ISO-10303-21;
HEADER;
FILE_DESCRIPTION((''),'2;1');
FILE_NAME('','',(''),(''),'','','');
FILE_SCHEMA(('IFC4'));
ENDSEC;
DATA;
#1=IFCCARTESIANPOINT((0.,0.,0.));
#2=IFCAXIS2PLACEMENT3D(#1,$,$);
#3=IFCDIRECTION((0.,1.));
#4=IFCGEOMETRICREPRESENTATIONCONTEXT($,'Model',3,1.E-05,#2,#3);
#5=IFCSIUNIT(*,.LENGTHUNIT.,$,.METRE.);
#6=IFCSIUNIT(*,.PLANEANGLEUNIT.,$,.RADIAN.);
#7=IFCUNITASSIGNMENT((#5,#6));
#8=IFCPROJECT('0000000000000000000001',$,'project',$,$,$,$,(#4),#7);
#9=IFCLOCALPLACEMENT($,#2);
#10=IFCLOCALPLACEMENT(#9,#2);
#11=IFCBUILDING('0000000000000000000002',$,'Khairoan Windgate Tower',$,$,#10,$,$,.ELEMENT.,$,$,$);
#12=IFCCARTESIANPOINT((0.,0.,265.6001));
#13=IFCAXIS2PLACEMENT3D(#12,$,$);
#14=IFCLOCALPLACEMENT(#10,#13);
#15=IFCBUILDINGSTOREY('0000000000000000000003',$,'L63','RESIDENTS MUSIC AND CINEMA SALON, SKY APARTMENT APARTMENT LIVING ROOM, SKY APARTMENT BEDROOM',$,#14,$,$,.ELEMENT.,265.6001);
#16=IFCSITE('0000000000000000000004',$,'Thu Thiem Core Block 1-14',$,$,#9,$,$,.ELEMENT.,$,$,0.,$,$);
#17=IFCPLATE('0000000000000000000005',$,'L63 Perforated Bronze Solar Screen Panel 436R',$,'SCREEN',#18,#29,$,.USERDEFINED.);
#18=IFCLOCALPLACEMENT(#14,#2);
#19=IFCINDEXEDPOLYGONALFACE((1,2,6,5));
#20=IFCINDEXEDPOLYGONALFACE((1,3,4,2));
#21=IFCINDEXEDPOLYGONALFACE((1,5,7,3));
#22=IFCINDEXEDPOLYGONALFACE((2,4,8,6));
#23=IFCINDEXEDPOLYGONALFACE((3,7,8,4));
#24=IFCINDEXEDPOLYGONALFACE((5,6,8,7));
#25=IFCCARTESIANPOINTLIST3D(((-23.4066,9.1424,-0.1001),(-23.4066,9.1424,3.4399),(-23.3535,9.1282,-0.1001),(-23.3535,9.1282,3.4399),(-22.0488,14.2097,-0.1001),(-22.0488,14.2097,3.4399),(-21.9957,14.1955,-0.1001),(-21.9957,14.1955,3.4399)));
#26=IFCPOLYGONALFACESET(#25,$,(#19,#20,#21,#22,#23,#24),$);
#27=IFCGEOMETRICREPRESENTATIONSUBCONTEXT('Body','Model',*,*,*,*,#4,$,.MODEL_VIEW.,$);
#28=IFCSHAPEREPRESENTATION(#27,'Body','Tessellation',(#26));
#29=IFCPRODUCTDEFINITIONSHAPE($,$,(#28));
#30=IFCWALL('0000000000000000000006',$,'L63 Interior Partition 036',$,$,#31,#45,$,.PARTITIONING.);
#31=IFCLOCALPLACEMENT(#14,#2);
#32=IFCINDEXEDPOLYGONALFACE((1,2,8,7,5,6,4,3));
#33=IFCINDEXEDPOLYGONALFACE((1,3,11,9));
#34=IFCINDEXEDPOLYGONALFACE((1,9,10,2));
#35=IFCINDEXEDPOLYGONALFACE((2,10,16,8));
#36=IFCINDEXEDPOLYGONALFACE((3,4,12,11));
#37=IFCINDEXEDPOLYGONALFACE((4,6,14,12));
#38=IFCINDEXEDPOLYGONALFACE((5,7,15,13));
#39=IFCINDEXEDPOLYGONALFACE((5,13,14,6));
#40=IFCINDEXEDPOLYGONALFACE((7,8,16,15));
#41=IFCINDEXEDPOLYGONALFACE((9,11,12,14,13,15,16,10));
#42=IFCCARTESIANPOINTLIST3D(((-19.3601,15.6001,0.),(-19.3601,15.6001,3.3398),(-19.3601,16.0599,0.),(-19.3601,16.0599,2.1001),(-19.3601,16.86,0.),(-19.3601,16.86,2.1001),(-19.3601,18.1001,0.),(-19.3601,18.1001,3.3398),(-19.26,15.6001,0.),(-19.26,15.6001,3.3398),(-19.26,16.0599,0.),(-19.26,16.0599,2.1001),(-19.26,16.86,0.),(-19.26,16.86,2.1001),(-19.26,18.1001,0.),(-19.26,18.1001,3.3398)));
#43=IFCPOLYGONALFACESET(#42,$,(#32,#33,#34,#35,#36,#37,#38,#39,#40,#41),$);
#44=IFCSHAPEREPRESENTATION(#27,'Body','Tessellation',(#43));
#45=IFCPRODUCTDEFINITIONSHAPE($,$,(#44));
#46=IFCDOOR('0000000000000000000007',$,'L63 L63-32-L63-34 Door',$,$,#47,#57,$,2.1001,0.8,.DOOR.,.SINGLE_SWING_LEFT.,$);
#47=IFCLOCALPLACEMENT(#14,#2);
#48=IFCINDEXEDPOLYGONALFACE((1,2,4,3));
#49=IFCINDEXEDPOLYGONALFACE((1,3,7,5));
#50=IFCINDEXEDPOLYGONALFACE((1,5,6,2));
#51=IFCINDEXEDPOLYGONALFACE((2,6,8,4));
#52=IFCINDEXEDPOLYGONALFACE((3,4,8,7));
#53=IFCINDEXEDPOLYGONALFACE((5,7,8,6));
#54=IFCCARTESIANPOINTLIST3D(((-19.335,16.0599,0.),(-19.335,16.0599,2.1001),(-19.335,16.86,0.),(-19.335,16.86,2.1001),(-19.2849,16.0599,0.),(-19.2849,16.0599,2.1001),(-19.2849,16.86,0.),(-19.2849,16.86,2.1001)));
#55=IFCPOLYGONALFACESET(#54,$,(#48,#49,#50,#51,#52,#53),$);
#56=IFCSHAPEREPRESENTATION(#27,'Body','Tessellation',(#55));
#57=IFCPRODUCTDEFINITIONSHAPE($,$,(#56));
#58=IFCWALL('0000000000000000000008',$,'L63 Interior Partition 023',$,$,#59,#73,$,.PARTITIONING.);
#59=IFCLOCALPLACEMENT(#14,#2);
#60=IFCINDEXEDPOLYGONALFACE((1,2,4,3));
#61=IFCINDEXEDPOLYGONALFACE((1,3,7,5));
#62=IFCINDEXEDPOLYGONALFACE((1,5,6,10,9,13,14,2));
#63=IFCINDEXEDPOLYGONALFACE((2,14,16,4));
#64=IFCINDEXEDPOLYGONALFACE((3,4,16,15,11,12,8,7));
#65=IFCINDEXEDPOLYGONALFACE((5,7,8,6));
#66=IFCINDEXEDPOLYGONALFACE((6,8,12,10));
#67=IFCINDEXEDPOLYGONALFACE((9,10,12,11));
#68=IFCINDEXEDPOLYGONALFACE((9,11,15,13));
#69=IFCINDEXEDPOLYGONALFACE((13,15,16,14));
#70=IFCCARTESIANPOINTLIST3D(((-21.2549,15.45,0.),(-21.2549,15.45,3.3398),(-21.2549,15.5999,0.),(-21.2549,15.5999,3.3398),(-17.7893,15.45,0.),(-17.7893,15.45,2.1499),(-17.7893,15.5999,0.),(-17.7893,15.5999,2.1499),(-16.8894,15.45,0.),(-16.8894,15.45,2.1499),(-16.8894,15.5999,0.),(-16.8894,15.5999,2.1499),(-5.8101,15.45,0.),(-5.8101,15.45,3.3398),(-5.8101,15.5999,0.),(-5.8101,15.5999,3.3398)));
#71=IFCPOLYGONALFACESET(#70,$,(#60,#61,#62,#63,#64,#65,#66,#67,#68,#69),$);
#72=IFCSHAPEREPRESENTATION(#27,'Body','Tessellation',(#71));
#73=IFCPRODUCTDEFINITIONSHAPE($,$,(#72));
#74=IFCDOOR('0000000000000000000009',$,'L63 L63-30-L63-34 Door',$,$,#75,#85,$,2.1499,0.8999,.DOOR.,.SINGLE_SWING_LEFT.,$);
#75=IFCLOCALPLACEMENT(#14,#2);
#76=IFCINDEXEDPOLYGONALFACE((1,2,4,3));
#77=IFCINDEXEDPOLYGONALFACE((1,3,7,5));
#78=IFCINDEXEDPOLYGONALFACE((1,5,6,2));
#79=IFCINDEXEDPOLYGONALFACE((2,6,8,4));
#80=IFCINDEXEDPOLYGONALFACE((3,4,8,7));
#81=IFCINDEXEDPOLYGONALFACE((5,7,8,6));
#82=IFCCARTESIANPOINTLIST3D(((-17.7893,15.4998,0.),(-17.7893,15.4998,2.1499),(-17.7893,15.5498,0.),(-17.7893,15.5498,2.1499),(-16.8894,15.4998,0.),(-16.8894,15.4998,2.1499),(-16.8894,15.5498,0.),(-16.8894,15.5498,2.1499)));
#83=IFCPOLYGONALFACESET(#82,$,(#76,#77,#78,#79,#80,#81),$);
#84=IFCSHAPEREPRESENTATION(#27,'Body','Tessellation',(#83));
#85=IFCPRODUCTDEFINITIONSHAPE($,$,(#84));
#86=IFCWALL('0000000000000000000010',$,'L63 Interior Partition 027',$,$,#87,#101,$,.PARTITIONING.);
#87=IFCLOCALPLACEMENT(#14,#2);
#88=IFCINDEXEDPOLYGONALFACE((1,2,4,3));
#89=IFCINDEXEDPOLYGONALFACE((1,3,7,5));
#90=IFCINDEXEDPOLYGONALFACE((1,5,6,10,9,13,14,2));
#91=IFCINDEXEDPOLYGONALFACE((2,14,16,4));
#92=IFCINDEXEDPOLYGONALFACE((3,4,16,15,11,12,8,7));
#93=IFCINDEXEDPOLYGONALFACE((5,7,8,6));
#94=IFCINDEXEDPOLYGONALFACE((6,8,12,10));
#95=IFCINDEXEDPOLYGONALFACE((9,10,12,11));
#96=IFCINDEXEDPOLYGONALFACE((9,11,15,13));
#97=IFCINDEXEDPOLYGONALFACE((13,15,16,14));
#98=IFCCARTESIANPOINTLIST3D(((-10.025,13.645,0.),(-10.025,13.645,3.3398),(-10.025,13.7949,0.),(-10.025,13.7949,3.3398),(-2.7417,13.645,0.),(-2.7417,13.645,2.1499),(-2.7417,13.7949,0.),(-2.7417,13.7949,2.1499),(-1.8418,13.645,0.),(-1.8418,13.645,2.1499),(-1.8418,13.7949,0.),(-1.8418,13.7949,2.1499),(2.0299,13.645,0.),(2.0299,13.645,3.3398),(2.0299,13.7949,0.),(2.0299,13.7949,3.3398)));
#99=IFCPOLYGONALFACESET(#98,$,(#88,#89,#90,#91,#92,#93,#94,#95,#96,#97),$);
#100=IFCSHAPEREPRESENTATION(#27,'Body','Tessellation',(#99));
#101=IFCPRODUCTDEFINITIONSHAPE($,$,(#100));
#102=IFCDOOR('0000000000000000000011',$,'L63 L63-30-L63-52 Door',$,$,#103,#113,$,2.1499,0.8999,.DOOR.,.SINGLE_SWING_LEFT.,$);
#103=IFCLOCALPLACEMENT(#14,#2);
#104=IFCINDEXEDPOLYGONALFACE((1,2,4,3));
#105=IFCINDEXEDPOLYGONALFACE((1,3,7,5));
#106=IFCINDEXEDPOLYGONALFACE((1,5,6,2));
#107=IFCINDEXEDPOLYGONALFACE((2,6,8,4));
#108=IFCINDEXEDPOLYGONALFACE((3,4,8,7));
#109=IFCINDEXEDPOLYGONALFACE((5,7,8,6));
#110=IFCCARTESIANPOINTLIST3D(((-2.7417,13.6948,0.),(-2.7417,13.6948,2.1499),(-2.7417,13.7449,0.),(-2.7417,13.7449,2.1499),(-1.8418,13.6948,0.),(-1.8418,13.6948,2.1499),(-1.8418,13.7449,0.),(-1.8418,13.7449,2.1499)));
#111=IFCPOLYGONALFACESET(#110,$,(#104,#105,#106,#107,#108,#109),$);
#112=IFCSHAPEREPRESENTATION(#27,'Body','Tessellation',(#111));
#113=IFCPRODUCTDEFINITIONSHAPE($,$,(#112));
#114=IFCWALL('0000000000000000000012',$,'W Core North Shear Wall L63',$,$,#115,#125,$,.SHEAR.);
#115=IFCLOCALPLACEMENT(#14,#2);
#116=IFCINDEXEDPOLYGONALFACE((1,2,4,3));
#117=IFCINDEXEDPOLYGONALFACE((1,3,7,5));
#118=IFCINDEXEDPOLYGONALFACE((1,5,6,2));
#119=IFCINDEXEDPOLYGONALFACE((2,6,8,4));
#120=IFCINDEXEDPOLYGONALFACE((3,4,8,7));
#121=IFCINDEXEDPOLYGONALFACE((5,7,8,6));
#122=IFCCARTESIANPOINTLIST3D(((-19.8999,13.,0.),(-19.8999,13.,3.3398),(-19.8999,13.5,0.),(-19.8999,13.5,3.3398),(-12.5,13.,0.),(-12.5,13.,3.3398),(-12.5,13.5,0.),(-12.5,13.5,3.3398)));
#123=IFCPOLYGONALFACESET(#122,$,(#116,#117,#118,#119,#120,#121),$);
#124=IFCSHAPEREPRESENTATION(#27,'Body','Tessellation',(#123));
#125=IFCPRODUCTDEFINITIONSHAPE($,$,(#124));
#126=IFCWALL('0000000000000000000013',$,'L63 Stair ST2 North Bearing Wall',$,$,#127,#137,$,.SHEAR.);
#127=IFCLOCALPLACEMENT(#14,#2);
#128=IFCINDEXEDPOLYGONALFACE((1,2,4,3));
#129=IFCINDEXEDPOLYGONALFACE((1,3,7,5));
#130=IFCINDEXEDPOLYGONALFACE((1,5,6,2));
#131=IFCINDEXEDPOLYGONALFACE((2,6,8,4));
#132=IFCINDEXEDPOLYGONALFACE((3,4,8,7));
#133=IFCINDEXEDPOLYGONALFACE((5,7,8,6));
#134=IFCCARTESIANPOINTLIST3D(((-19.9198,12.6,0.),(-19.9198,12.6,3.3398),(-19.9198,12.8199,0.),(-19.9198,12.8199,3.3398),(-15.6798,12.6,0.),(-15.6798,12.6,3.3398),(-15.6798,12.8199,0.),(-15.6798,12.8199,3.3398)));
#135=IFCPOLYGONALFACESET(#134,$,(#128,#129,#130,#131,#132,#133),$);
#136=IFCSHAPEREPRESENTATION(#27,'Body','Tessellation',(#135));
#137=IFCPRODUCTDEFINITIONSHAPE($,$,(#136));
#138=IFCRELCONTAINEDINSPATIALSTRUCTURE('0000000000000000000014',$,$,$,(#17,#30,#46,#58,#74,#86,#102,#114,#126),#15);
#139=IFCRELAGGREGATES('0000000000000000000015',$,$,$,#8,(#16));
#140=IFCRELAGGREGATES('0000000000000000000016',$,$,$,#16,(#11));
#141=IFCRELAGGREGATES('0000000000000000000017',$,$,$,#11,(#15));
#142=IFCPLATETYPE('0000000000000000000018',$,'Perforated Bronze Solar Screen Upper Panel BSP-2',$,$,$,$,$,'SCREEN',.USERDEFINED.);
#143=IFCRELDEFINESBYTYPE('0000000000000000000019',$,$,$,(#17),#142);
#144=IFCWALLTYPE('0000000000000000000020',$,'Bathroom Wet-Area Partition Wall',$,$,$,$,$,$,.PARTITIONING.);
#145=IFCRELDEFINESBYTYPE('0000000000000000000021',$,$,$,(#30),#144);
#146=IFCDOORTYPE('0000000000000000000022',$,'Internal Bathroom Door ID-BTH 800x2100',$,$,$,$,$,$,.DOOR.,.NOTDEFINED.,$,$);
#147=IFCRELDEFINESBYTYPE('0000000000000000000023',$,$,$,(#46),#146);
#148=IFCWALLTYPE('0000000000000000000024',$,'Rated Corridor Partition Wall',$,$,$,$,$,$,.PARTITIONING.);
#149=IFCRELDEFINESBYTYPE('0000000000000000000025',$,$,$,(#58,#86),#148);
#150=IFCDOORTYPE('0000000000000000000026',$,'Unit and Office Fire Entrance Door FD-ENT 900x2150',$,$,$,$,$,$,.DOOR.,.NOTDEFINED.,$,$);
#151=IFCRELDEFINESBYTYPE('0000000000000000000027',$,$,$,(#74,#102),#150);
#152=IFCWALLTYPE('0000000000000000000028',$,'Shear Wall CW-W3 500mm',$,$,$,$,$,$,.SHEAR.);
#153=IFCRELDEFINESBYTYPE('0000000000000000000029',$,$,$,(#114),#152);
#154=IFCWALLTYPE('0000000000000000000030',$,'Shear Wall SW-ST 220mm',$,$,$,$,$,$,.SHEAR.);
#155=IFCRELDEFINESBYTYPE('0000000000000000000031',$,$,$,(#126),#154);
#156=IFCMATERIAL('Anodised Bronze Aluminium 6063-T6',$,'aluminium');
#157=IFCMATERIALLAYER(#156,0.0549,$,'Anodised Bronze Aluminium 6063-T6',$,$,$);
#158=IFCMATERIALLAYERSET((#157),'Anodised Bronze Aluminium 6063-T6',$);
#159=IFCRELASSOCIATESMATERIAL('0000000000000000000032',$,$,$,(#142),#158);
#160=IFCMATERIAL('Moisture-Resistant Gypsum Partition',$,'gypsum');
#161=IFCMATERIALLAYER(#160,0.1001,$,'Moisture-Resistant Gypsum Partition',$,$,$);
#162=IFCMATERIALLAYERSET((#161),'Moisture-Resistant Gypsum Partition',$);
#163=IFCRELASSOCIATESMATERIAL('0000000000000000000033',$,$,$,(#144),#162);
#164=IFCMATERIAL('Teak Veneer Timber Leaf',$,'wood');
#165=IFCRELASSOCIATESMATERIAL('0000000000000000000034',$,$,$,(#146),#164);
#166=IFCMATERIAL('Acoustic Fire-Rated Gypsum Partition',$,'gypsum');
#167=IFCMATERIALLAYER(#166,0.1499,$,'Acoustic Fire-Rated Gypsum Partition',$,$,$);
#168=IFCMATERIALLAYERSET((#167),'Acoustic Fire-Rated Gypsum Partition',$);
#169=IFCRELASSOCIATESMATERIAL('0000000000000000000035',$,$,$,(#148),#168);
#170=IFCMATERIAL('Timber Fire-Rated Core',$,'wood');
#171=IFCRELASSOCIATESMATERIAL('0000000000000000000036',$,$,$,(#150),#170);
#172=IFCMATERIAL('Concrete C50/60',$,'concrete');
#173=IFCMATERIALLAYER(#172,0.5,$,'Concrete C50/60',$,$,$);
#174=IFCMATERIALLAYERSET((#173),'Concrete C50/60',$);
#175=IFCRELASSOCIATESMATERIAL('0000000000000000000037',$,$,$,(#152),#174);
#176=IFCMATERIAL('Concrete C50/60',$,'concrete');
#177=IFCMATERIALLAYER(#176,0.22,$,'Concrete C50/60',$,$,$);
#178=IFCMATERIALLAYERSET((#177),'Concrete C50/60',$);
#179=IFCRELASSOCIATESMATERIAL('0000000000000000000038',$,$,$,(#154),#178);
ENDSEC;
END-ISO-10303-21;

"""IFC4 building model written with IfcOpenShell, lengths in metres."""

from ifc_helpers import new_model, si_unit, direction, frame, frame_2d, origin, origin_2d, place, context, subcontext, project, spatial, rectangle, extrude, material, layer, layer_set, type_object, element, fill, save


model = new_model("IFC4")

# Units and contexts
model_context = context("Model", 3, precision=1e-05, world=origin(), true_north=direction((0.0, 1.0)))
body_context = subcontext(model_context, "Body", "Model", "MODEL_VIEW")
ifc_project = project(units=[si_unit("LENGTHUNIT", "METRE"), si_unit("PLANEANGLEUNIT", "RADIAN")], contexts=[model_context])

# Site, building, storey
site_placement = place(None, origin())
site = spatial("IfcSite", under=ifc_project, at=site_placement, Name="Thu Thiem Core Block 1-14", CompositionType="ELEMENT", RefElevation=0.0)
building_placement = place(site_placement, origin())
building = spatial("IfcBuilding", under=site, at=building_placement, Name="Khairoan Windgate Tower", CompositionType="ELEMENT")
storey_placement = place(building_placement, frame((0.0, 0.0, 265.6001)))
storey = spatial("IfcBuildingStorey", under=building, at=storey_placement, Name="L63", Description="RESIDENTS MUSIC AND CINEMA SALON, SKY APARTMENT APARTMENT LIVING ROOM, SKY APARTMENT BEDROOM", CompositionType="ELEMENT", Elevation=265.6001)

# Plate
ifc_material_1 = material(Name="Anodised Bronze Aluminium 6063-T6", Category="aluminium")
ifc_layer_1 = layer(ifc_material_1, 0.0549, Name="Anodised Bronze Aluminium 6063-T6")
ifc_layer_set_1 = layer_set([ifc_layer_1], Name="Anodised Bronze Aluminium 6063-T6")
plate_type = type_object("IfcPlateType", Name="Perforated Bronze Solar Screen Upper Panel BSP-2", ElementType="SCREEN", PredefinedType="USERDEFINED", material=ifc_layer_set_1)
plate_placement = place(storey_placement, frame((-22.7012, 11.6689, -0.1001), z_axis=(0.0, 0.0, 1.0), x_axis=(0.258819, 0.965926, 0.0)))
element("IfcPlate", 1, at=plate_placement, inside=storey, type_object=plate_type, Name="L63 Perforated Bronze Solar Screen Panel 436R", ObjectType="SCREEN", PredefinedType="USERDEFINED", context=body_context, shape_type="SweptSolid", body=[
    extrude(rectangle(XDim=5.2461, YDim=0.0549, at=origin_2d()), origin(), (0.0, 0.0, 1.0), 3.54),
])

# Walls, openings, doors
ifc_material_2 = material(Name="Moisture-Resistant Gypsum Partition", Category="gypsum")
ifc_layer_2 = layer(ifc_material_2, 0.1001, Name="Moisture-Resistant Gypsum Partition")
ifc_layer_set_2 = layer_set([ifc_layer_2], Name="Moisture-Resistant Gypsum Partition")
wall_type_1 = type_object("IfcWallType", Name="Bathroom Wet-Area Partition Wall", PredefinedType="PARTITIONING", material=ifc_layer_set_2)
wall_1_placement = place(storey_placement, frame((-19.3101, 15.6001, 0.0), z_axis=(0.0, 0.0, 1.0), x_axis=(0.0, 1.0, 0.0)))
wall_1 = element("IfcWall", 2, at=wall_1_placement, inside=storey, type_object=wall_type_1, Name="L63 Interior Partition 036", PredefinedType="PARTITIONING", context=body_context, shape_type="SweptSolid", body=[
    extrude(rectangle(XDim=2.5, YDim=0.1001, at=frame_2d((1.25, 0.0))), origin(), (0.0, 0.0, 1.0), 3.3398),
])
opening_1_placement = place(wall_1_placement, frame((0.46, 0.0, 0.0)))
opening_1 = element("IfcOpeningElement", 3, at=opening_1_placement, cuts=wall_1, PredefinedType="OPENING", context=body_context, shape_type="SweptSolid", body=[
    extrude(rectangle(XDim=0.8, YDim=2.1001, at=frame_2d((0.3999, 1.05))), frame((0.0, 0.0601, 0.0), z_axis=(0.0, -1.0, 0.0), x_axis=(1.0, 0.0, 0.0)), (0.0, 0.0, 1.0), 0.1201),
])
ifc_material_3 = material(Name="Teak Veneer Timber Leaf", Category="wood")
door_type_1 = type_object("IfcDoorType", Name="Internal Bathroom Door ID-BTH 800x2100", OperationType="NOTDEFINED", PredefinedType="DOOR", material=ifc_material_3)
door_1_placement = place(opening_1_placement, origin())
door_1 = element("IfcDoor", 4, at=door_1_placement, inside=storey, type_object=door_type_1, Name="L63 L63-32-L63-34 Door", OperationType="SINGLE_SWING_LEFT", OverallHeight=2.1001, OverallWidth=0.8, PredefinedType="DOOR", context=body_context, shape_type="SweptSolid", body=[
    extrude(rectangle(XDim=0.8, YDim=2.1001, at=frame_2d((0.3999, 1.05))), frame((0.0, 0.0249, 0.0), z_axis=(0.0, -1.0, 0.0), x_axis=(1.0, 0.0, 0.0)), (0.0, 0.0, 1.0), 0.05),
])
fill(opening_1, door_1)
ifc_material_4 = material(Name="Acoustic Fire-Rated Gypsum Partition", Category="gypsum")
ifc_layer_3 = layer(ifc_material_4, 0.1499, Name="Acoustic Fire-Rated Gypsum Partition")
ifc_layer_set_3 = layer_set([ifc_layer_3], Name="Acoustic Fire-Rated Gypsum Partition")
wall_type_2 = type_object("IfcWallType", Name="Rated Corridor Partition Wall", PredefinedType="PARTITIONING", material=ifc_layer_set_3)
wall_2_placement = place(storey_placement, frame((-21.2549, 15.5249, 0.0), z_axis=(0.0, 0.0, 1.0), x_axis=(1.0, 0.0, 0.0)))
wall_2 = element("IfcWall", 5, at=wall_2_placement, inside=storey, type_object=wall_type_2, Name="L63 Interior Partition 023", PredefinedType="PARTITIONING", context=body_context, shape_type="SweptSolid", body=[
    extrude(rectangle(XDim=15.4448, YDim=0.1499, at=frame_2d((7.7224, 0.0))), origin(), (0.0, 0.0, 1.0), 3.3398),
])
opening_2_placement = place(wall_2_placement, frame((3.4656, 0.0, 0.0)))
opening_2 = element("IfcOpeningElement", 6, at=opening_2_placement, cuts=wall_2, PredefinedType="OPENING", context=body_context, shape_type="SweptSolid", body=[
    extrude(rectangle(XDim=0.8999, YDim=2.1499, at=frame_2d((0.45, 1.075))), frame((0.0, 0.085, 0.0), z_axis=(0.0, -1.0, 0.0), x_axis=(1.0, 0.0, 0.0)), (0.0, 0.0, 1.0), 0.1699),
])
ifc_material_5 = material(Name="Timber Fire-Rated Core", Category="wood")
door_type_2 = type_object("IfcDoorType", Name="Unit and Office Fire Entrance Door FD-ENT 900x2150", OperationType="NOTDEFINED", PredefinedType="DOOR", material=ifc_material_5)
door_2_placement = place(opening_2_placement, origin())
door_2 = element("IfcDoor", 7, at=door_2_placement, inside=storey, type_object=door_type_2, Name="L63 L63-30-L63-34 Door", OperationType="SINGLE_SWING_LEFT", OverallHeight=2.1499, OverallWidth=0.8999, PredefinedType="DOOR", context=body_context, shape_type="SweptSolid", body=[
    extrude(rectangle(XDim=0.8999, YDim=2.1499, at=frame_2d((0.45, 1.075))), frame((0.0, 0.0249, 0.0), z_axis=(0.0, -1.0, 0.0), x_axis=(1.0, 0.0, 0.0)), (0.0, 0.0, 1.0), 0.05),
])
fill(opening_2, door_2)
wall_3_placement = place(storey_placement, frame((-10.0249, 13.72, 0.0), z_axis=(0.0, 0.0, 1.0), x_axis=(1.0, 0.0, 0.0)))
wall_3 = element("IfcWall", 8, at=wall_3_placement, inside=storey, type_object=wall_type_2, Name="L63 Interior Partition 027", PredefinedType="PARTITIONING", context=body_context, shape_type="SweptSolid", body=[
    extrude(rectangle(XDim=12.0549, YDim=0.1499, at=frame_2d((6.0273, 0.0))), origin(), (0.0, 0.0, 1.0), 3.3398),
])
opening_3_placement = place(wall_3_placement, frame((7.2832, 0.0, 0.0)))
opening_3 = element("IfcOpeningElement", 9, at=opening_3_placement, cuts=wall_3, PredefinedType="OPENING", context=body_context, shape_type="SweptSolid", body=[
    extrude(rectangle(XDim=0.8999, YDim=2.1499, at=frame_2d((0.45, 1.075))), frame((0.0, 0.085, 0.0), z_axis=(0.0, -1.0, 0.0), x_axis=(1.0, 0.0, 0.0)), (0.0, 0.0, 1.0), 0.1699),
])
door_3_placement = place(opening_3_placement, origin())
door_3 = element("IfcDoor", 10, at=door_3_placement, inside=storey, type_object=door_type_2, Name="L63 L63-30-L63-52 Door", OperationType="SINGLE_SWING_LEFT", OverallHeight=2.1499, OverallWidth=0.8999, PredefinedType="DOOR", context=body_context, shape_type="SweptSolid", body=[
    extrude(rectangle(XDim=0.8999, YDim=2.1499, at=frame_2d((0.45, 1.075))), frame((0.0, 0.0249, 0.0), z_axis=(0.0, -1.0, 0.0), x_axis=(1.0, 0.0, 0.0)), (0.0, 0.0, 1.0), 0.05),
])
fill(opening_3, door_3)

# Walls
ifc_material_6 = material(Name="Concrete C50/60", Category="concrete")
ifc_layer_4 = layer(ifc_material_6, 0.5, Name="Concrete C50/60")
ifc_layer_set_4 = layer_set([ifc_layer_4], Name="Concrete C50/60")
wall_type_3 = type_object("IfcWallType", Name="Shear Wall CW-W3 500mm", PredefinedType="SHEAR", material=ifc_layer_set_4)
wall_4_placement = place(storey_placement, frame((-19.8999, 13.25, 0.0), z_axis=(0.0, 0.0, 1.0), x_axis=(1.0, 0.0, 0.0)))
element("IfcWall", 11, at=wall_4_placement, inside=storey, type_object=wall_type_3, Name="W Core North Shear Wall L63", PredefinedType="SHEAR", context=body_context, shape_type="SweptSolid", body=[
    extrude(rectangle(XDim=7.3999, YDim=0.5, at=frame_2d((3.7, 0.0))), origin(), (0.0, 0.0, 1.0), 3.3398),
])
ifc_material_7 = material(Name="Concrete C50/60", Category="concrete")
ifc_layer_5 = layer(ifc_material_7, 0.22, Name="Concrete C50/60")
ifc_layer_set_5 = layer_set([ifc_layer_5], Name="Concrete C50/60")
wall_type_4 = type_object("IfcWallType", Name="Shear Wall SW-ST 220mm", PredefinedType="SHEAR", material=ifc_layer_set_5)
wall_5_placement = place(storey_placement, frame((-19.9199, 12.71, 0.0), z_axis=(0.0, 0.0, 1.0), x_axis=(1.0, 0.0, 0.0)))
element("IfcWall", 12, at=wall_5_placement, inside=storey, type_object=wall_type_4, Name="L63 Stair ST2 North Bearing Wall", PredefinedType="SHEAR", context=body_context, shape_type="SweptSolid", body=[
    extrude(rectangle(XDim=4.24, YDim=0.22, at=frame_2d((2.1201, 0.0))), origin(), (0.0, 0.0, 1.0), 3.3398),
])

save(model, "model.ifc")
